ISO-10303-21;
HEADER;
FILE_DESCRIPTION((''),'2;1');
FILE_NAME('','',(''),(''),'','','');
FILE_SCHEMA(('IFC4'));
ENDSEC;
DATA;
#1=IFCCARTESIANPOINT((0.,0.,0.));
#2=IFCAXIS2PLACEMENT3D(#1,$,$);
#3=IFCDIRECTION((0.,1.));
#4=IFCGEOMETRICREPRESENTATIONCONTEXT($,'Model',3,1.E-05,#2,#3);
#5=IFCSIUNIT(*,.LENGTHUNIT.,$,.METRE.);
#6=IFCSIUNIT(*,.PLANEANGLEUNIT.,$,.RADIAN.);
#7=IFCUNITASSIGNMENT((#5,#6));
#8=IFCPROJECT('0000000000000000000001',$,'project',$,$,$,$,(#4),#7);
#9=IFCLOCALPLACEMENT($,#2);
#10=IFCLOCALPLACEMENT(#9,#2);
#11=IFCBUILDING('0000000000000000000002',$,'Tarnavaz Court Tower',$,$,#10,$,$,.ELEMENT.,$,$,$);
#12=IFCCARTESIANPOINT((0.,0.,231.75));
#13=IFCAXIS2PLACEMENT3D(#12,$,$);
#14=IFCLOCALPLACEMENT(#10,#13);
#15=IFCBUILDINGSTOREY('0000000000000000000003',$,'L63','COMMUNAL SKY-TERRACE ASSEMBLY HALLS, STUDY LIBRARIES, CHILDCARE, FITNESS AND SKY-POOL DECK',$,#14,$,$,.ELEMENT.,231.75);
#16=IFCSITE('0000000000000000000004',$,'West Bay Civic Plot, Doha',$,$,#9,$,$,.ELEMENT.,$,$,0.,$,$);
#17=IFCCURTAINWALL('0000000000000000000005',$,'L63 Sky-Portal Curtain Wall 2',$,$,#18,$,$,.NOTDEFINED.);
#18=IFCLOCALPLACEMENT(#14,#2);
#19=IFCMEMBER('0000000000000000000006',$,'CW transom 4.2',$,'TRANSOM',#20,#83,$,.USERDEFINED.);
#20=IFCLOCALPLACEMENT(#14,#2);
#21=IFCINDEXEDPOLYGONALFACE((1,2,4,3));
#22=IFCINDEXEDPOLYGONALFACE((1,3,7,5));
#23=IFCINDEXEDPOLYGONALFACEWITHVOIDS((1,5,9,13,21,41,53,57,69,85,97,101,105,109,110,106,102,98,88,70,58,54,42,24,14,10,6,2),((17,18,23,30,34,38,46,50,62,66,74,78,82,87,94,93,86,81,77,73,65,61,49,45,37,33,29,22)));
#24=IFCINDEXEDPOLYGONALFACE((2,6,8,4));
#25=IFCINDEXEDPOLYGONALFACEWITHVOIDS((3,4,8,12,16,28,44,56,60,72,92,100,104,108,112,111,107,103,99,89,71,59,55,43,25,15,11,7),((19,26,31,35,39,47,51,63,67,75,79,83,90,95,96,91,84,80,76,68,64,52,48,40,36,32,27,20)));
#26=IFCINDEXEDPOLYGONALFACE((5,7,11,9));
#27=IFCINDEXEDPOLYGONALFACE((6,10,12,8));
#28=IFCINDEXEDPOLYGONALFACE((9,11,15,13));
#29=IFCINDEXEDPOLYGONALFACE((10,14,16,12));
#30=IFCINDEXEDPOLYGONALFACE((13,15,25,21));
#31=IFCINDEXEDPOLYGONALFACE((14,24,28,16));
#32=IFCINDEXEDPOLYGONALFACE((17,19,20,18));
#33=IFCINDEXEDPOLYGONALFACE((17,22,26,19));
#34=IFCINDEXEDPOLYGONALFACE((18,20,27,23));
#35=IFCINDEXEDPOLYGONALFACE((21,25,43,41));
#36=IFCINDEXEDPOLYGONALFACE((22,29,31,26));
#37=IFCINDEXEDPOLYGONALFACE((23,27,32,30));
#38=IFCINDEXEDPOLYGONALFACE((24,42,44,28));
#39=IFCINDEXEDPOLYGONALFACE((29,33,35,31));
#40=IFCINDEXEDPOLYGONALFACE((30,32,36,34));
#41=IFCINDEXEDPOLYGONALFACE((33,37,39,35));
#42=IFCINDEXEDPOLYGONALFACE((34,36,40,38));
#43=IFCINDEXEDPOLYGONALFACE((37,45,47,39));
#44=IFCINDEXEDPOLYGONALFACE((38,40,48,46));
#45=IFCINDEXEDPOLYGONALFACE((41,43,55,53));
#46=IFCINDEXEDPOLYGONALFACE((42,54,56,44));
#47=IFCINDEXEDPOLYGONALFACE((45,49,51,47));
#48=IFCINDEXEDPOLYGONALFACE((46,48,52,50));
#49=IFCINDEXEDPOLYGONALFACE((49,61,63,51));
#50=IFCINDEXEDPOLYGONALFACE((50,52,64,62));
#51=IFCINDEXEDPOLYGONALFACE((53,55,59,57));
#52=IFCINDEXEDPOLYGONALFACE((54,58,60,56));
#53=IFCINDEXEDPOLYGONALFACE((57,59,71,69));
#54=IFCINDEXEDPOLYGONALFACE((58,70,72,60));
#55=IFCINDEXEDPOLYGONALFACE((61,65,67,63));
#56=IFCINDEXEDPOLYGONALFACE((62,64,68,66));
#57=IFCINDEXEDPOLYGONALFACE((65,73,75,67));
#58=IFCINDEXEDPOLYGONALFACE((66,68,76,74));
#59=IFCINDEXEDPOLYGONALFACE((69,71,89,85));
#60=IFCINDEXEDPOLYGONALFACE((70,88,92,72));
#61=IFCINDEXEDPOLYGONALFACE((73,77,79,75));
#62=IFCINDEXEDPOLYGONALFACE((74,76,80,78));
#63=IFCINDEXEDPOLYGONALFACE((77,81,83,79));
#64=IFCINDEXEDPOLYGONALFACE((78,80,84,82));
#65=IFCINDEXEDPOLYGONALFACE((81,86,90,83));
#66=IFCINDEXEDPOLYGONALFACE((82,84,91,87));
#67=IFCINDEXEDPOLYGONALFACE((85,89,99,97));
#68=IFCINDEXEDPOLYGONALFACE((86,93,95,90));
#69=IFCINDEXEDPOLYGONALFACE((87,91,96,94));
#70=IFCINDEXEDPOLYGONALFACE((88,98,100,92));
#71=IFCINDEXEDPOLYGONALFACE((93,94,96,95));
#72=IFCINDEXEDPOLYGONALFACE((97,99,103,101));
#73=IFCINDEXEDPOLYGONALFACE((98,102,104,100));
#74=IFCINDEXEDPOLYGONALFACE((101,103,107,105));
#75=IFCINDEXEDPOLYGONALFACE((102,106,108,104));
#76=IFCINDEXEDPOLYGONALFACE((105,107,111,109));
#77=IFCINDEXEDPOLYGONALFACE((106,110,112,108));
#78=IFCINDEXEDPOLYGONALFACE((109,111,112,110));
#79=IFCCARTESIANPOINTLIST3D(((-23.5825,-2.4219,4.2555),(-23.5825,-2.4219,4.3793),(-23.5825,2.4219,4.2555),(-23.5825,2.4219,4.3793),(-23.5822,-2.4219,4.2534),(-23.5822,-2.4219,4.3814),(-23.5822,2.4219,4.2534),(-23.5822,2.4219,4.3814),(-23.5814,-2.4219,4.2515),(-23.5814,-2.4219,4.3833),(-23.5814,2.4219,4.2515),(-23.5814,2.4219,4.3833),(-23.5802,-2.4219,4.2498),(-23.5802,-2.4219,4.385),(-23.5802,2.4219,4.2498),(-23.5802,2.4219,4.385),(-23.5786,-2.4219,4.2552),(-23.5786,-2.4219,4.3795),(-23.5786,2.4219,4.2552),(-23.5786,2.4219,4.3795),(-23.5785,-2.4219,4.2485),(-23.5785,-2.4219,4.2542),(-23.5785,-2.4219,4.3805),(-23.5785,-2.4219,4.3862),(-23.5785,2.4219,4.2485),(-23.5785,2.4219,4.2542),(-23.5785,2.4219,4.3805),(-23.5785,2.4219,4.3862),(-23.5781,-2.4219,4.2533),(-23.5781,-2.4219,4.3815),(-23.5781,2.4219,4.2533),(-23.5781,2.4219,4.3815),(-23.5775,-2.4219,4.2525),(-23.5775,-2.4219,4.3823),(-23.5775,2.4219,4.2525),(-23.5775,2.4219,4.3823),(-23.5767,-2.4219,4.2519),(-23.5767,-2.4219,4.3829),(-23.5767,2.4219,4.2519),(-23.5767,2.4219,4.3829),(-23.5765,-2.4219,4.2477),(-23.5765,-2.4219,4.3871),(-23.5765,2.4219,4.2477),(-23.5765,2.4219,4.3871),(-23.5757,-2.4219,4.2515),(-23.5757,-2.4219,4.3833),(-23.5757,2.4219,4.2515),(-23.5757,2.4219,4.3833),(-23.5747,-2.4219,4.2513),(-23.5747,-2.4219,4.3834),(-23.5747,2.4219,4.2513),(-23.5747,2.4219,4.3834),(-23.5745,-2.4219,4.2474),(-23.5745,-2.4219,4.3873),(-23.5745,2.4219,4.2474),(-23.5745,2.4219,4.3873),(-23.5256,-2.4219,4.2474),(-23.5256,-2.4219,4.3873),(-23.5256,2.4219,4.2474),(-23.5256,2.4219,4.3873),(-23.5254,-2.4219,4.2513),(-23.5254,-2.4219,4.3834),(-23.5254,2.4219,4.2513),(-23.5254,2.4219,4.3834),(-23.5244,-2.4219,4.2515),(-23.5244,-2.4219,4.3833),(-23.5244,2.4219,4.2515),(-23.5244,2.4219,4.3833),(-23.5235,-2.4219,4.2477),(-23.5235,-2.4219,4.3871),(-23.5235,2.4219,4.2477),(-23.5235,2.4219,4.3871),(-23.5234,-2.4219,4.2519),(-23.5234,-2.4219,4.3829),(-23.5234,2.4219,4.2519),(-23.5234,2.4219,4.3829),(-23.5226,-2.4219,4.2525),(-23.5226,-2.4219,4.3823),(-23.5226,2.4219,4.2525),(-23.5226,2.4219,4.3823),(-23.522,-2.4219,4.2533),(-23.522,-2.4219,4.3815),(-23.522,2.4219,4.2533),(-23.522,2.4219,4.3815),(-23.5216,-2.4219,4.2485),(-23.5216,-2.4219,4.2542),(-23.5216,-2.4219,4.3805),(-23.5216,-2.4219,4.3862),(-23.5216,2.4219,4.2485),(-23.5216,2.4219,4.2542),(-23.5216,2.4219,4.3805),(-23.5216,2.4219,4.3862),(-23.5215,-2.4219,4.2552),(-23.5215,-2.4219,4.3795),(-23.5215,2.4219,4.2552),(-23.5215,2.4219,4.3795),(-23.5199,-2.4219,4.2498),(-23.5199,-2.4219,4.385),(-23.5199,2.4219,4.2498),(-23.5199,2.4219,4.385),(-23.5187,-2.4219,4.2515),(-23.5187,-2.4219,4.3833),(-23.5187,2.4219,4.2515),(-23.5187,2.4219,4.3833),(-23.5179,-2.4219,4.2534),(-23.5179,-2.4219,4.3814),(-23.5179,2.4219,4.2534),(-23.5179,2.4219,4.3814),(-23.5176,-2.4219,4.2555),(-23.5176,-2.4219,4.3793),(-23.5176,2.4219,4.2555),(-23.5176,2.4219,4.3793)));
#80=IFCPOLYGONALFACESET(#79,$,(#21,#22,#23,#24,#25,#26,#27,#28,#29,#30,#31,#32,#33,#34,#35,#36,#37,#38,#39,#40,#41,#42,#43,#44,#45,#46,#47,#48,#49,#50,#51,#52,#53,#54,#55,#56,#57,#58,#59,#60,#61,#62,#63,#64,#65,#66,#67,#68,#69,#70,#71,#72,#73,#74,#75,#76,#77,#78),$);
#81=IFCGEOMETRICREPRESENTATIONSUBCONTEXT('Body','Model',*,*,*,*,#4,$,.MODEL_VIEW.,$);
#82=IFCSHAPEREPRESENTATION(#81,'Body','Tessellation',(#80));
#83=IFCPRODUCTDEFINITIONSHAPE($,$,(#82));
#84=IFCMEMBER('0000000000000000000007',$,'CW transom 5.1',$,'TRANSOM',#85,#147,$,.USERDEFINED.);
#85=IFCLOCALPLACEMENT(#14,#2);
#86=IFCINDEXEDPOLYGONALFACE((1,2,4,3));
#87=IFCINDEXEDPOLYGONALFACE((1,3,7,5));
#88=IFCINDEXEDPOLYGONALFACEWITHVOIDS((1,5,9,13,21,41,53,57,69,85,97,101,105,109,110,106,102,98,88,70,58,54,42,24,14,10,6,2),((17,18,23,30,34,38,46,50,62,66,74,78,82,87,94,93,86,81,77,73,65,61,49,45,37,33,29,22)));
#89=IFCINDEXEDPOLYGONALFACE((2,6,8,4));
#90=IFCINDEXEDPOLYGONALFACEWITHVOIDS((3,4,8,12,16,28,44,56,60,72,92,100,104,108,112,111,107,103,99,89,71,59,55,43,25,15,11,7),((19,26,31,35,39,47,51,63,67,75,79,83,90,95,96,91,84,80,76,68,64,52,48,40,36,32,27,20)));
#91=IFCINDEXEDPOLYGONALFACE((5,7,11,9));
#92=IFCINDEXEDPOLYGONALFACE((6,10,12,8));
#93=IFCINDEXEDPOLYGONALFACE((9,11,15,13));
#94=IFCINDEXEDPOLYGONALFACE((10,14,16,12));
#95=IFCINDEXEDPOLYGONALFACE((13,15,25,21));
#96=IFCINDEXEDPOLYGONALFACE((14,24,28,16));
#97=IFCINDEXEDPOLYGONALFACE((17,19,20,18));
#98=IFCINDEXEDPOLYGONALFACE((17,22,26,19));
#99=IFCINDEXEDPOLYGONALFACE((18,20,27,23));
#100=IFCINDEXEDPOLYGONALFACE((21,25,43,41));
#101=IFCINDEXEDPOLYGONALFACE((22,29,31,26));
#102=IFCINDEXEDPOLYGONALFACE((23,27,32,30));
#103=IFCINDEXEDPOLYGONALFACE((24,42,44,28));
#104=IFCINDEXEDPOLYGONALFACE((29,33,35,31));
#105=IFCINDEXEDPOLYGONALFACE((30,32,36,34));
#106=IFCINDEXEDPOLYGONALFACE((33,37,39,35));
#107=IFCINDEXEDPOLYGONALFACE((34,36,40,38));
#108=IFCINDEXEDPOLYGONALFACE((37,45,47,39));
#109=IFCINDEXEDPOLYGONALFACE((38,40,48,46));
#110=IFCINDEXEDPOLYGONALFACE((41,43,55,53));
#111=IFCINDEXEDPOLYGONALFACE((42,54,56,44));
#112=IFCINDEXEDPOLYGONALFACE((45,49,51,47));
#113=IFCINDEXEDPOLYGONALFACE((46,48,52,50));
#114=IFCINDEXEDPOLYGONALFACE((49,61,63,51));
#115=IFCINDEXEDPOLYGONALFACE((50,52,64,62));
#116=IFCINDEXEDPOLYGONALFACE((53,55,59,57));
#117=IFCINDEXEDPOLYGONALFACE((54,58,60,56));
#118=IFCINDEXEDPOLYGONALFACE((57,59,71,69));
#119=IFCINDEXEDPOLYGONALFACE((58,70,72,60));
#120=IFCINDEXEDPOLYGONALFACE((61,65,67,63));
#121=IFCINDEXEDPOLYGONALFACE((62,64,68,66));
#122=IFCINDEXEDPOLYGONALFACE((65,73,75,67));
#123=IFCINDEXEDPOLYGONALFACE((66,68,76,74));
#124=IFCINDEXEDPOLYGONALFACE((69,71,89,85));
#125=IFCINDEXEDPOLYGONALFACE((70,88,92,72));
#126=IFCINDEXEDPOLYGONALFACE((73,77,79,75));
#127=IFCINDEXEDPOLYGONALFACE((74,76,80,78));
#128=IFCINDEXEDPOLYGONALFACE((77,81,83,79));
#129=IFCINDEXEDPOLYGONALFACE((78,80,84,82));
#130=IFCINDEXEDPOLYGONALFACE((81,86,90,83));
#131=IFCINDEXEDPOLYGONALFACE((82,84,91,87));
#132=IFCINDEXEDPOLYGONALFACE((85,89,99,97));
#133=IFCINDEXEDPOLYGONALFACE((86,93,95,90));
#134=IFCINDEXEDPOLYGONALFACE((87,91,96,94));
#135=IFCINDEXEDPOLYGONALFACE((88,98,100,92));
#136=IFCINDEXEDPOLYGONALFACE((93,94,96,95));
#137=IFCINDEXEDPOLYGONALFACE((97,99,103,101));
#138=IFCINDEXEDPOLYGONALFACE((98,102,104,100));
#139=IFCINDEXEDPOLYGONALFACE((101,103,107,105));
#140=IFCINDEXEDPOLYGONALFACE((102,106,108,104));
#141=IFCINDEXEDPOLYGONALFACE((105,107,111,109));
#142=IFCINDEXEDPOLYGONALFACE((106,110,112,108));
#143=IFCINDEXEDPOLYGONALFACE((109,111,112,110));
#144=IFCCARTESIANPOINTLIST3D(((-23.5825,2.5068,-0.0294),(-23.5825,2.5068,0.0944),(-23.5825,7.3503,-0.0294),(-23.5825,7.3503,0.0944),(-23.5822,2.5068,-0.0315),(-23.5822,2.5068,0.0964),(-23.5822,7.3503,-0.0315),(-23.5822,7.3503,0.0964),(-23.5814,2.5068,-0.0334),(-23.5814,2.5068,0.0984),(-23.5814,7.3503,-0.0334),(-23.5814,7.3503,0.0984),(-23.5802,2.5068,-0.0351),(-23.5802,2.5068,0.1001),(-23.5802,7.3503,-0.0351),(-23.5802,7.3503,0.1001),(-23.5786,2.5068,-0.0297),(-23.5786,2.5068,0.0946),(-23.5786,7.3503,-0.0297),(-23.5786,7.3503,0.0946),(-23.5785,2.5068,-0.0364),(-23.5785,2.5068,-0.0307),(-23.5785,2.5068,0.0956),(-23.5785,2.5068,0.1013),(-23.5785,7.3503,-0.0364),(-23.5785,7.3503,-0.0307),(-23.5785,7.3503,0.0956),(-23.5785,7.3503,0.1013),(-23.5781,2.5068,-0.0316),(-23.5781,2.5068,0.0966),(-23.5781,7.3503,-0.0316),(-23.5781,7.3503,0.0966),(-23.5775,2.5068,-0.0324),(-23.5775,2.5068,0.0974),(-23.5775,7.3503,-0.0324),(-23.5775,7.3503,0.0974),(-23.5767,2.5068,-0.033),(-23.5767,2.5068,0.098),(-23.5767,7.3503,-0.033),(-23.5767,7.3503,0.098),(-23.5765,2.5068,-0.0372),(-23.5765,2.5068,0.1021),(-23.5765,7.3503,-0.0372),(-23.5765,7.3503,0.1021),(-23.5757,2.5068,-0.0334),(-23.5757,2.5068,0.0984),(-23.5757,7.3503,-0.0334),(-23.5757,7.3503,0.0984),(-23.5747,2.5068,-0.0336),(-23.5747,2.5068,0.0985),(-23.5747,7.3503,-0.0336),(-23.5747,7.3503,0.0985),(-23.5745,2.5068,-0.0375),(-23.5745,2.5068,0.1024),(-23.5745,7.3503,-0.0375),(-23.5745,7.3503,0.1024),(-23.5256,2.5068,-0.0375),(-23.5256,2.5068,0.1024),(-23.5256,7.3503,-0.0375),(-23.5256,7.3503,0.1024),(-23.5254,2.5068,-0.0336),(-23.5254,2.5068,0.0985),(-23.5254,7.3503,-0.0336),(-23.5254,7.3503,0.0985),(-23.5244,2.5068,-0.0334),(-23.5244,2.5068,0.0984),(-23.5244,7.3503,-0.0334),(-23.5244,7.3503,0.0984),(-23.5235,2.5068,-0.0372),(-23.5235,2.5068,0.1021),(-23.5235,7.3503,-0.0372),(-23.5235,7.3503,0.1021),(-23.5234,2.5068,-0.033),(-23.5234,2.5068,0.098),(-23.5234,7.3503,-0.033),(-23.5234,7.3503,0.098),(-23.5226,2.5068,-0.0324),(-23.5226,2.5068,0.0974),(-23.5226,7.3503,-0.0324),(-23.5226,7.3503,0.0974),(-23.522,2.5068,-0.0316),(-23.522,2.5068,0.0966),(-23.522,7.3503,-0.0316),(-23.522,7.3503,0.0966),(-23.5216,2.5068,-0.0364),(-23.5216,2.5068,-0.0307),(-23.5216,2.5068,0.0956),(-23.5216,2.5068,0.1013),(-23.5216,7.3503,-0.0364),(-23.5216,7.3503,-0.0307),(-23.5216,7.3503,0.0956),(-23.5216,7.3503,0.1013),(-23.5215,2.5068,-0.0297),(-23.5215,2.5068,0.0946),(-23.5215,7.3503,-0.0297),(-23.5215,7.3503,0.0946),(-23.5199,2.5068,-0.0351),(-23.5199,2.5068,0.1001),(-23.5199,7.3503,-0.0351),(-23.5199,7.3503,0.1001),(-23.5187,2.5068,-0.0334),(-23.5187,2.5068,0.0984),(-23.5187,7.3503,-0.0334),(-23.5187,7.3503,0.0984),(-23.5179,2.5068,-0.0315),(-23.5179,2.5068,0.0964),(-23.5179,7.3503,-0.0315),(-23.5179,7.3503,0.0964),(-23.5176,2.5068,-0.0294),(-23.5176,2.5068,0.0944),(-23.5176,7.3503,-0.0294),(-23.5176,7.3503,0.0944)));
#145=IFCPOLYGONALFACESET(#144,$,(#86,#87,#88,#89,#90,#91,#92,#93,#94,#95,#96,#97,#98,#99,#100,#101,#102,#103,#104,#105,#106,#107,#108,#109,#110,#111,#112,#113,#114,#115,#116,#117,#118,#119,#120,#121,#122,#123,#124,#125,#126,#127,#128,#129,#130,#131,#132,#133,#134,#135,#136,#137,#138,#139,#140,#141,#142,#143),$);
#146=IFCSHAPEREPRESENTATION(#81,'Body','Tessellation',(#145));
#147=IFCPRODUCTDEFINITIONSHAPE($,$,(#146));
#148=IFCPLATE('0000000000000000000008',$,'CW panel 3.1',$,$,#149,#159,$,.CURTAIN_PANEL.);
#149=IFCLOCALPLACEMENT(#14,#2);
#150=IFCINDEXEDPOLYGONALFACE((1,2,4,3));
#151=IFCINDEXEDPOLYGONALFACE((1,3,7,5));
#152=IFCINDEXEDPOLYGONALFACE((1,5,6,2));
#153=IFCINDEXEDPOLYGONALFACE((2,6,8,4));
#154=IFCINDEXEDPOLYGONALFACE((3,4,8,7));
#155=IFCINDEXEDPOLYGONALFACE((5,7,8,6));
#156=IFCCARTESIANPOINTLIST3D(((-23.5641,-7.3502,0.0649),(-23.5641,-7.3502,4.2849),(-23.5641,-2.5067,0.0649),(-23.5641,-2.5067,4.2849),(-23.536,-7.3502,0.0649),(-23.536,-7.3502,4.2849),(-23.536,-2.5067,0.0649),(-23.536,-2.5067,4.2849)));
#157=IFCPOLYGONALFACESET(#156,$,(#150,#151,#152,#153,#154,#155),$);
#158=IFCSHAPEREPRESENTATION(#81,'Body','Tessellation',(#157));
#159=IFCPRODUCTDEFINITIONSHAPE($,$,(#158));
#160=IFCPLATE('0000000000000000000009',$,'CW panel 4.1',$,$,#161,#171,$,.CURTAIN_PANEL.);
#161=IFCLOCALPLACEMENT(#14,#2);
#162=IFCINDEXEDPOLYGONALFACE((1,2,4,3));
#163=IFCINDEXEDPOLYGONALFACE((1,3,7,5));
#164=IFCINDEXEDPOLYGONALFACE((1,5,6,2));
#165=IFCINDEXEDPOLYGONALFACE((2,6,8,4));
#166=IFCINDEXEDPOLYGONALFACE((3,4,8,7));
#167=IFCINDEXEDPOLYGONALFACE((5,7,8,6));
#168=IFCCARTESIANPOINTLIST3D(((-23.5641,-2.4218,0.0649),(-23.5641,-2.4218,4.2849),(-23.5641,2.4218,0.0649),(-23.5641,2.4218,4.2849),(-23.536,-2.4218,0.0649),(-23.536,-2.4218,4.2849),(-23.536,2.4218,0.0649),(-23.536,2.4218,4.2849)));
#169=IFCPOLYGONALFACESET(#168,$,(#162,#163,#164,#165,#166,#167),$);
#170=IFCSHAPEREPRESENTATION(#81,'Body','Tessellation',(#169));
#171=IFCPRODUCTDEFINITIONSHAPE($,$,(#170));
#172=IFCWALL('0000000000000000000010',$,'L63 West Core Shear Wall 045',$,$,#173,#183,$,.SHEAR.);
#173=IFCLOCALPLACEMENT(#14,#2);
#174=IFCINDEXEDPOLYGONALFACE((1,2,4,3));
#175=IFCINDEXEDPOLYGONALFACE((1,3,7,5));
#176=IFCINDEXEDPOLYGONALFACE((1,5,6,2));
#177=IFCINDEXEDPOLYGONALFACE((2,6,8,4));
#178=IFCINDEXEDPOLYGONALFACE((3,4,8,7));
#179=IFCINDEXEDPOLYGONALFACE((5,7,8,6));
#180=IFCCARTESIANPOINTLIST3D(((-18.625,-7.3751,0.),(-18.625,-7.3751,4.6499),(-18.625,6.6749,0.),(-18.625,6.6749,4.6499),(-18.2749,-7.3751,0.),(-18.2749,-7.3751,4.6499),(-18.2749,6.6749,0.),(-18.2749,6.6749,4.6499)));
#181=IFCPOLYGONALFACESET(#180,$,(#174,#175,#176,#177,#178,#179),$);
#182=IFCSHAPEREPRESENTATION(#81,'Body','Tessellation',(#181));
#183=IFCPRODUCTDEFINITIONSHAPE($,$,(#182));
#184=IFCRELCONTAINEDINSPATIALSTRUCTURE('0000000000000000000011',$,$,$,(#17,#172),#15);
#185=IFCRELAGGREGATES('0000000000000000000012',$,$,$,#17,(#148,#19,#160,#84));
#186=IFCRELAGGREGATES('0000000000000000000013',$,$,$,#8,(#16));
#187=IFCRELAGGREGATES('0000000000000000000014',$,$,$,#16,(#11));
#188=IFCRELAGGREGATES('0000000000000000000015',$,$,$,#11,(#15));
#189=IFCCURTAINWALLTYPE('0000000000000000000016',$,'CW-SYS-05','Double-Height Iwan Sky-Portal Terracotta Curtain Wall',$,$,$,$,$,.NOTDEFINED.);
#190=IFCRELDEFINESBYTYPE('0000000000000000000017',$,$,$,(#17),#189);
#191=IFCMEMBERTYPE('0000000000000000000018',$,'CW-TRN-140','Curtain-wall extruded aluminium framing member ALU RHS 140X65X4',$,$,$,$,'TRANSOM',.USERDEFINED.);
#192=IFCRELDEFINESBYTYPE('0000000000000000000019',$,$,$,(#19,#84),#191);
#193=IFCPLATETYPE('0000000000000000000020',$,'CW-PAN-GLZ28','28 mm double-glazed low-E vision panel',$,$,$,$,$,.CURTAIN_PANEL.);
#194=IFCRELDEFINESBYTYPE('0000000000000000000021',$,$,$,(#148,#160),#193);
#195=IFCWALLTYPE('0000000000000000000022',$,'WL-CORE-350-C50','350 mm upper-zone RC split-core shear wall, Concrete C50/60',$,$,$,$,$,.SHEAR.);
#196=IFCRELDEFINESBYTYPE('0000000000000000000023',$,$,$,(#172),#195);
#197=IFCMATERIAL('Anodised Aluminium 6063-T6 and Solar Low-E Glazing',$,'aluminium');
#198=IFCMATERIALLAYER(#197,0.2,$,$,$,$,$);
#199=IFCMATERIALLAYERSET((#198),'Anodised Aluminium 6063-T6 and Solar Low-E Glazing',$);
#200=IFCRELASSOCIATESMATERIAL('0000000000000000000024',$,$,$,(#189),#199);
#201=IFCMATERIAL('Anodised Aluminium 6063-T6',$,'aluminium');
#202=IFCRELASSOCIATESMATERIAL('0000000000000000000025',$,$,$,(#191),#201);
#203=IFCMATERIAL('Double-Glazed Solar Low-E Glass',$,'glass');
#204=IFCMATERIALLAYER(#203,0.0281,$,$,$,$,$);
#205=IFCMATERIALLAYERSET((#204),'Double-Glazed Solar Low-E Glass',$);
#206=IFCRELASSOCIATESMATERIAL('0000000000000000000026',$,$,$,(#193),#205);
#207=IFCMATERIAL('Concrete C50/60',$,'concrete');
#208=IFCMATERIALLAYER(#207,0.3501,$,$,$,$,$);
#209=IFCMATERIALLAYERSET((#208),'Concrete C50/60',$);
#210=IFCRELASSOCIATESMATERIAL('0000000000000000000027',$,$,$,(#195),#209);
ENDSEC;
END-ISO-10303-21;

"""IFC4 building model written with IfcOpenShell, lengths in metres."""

from ifc_helpers import new_model, si_unit, direction, frame, frame_2d, origin, origin_2d, place, context, subcontext, project, spatial, rectangle, hollow_rectangle, extrude, material, layer, layer_set, material_profile, profile_set, type_object, element, aggregate, save


model = new_model("IFC4")

# Units and contexts
model_context = context("Model", 3, precision=1e-05, world=origin(), true_north=direction((0.0, 1.0)))
body_context = subcontext(model_context, "Body", "Model", "MODEL_VIEW")
ifc_project = project(units=[si_unit("LENGTHUNIT", "METRE"), si_unit("PLANEANGLEUNIT", "RADIAN")], contexts=[model_context])

# Site, building, storey
site_placement = place(None, origin())
site = spatial("IfcSite", under=ifc_project, at=site_placement, Name="West Bay Civic Plot, Doha", CompositionType="ELEMENT", RefElevation=0.0)
building_placement = place(site_placement, origin())
building = spatial("IfcBuilding", under=site, at=building_placement, Name="Tarnavaz Court Tower", CompositionType="ELEMENT")
storey_placement = place(building_placement, frame((0.0, 0.0, 231.75)))
storey = spatial("IfcBuildingStorey", under=building, at=storey_placement, Name="L63", Description="COMMUNAL SKY-TERRACE ASSEMBLY HALLS, STUDY LIBRARIES, CHILDCARE, FITNESS AND SKY-POOL DECK", CompositionType="ELEMENT", Elevation=231.75)

# Shared definitions
ifc_material_1 = material(Name="Concrete C50/60", Category="concrete")

# Curtain wall, members, plates
ifc_material_2 = material(Name="Anodised Aluminium 6063-T6 and Solar Low-E Glazing", Category="aluminium")
ifc_layer_1 = layer(ifc_material_2, 0.2)
ifc_layer_set_1 = layer_set([ifc_layer_1], Name="Anodised Aluminium 6063-T6 and Solar Low-E Glazing")
curtain_wall_type = type_object("IfcCurtainWallType", Name="CW-SYS-05", Description="Double-Height Iwan Sky-Portal Terracotta Curtain Wall", PredefinedType="NOTDEFINED", material=ifc_layer_set_1)
curtain_wall_placement = place(storey_placement, origin())
curtain_wall = element("IfcCurtainWall", 1, at=curtain_wall_placement, inside=storey, type_object=curtain_wall_type, Name="L63 Sky-Portal Curtain Wall 2", PredefinedType="NOTDEFINED")
ifc_material_3 = material(Name="Anodised Aluminium 6063-T6", Category="aluminium")
ifc_material_profile_1 = material_profile(ifc_material_3, hollow_rectangle(XDim=0.0649, YDim=0.1399, WallThickness=0.0039, InnerFilletRadius=0.0039, OuterFilletRadius=0.0081, at=origin_2d()), Name="ALU RHS 140X65X4")
ifc_profile_set_1 = profile_set([ifc_material_profile_1], Name="Anodised Aluminium 6063-T6")
member_type_1 = type_object("IfcMemberType", Name="CW-TRN-140", Description="Curtain-wall extruded aluminium framing member ALU RHS 140X65X4", ElementType="TRANSOM", PredefinedType="USERDEFINED", material=ifc_profile_set_1)
member_1_placement = place(storey_placement, frame((-23.55, -2.4219, 4.3174), z_axis=(0.0, 1.0, 0.0), x_axis=(-1.0, 0.0, 0.0)))
member_1 = element("IfcMember", 2, at=member_1_placement, type_object=member_type_1, Name="CW transom 4.2", ObjectType="TRANSOM", PredefinedType="USERDEFINED", context=body_context, shape_type="SweptSolid", body=[
    extrude(hollow_rectangle(XDim=0.0649, YDim=0.1399, WallThickness=0.0039, InnerFilletRadius=0.0039, OuterFilletRadius=0.0081, at=origin_2d()), origin(), (0.0, 0.0, 1.0), 4.8438),
])
member_2_placement = place(storey_placement, frame((-23.55, 2.5068, 0.0325), z_axis=(0.0, 1.0, 0.0), x_axis=(-1.0, 0.0, 0.0)))
member_2 = element("IfcMember", 3, at=member_2_placement, type_object=member_type_1, Name="CW transom 5.1", ObjectType="TRANSOM", PredefinedType="USERDEFINED", context=body_context, shape_type="SweptSolid", body=[
    extrude(hollow_rectangle(XDim=0.0649, YDim=0.1399, WallThickness=0.0039, InnerFilletRadius=0.0039, OuterFilletRadius=0.0081, at=origin_2d()), origin(), (0.0, 0.0, 1.0), 4.8435),
])
ifc_material_4 = material(Name="Double-Glazed Solar Low-E Glass", Category="glass")
ifc_layer_2 = layer(ifc_material_4, 0.0281)
ifc_layer_set_2 = layer_set([ifc_layer_2], Name="Double-Glazed Solar Low-E Glass")
plate_type = type_object("IfcPlateType", Name="CW-PAN-GLZ28", Description="28 mm double-glazed low-E vision panel", PredefinedType="CURTAIN_PANEL", material=ifc_layer_set_2)
plate_1_placement = place(storey_placement, frame((-23.55, -4.9285, 0.0649), z_axis=(0.0, 0.0, 1.0), x_axis=(0.0, 1.0, 0.0)))
plate_1 = element("IfcPlate", 4, at=plate_1_placement, type_object=plate_type, Name="CW panel 3.1", PredefinedType="CURTAIN_PANEL", context=body_context, shape_type="SweptSolid", body=[
    extrude(rectangle(XDim=4.8435, YDim=0.0281, at=origin_2d()), origin(), (0.0, 0.0, 1.0), 4.22),
])
plate_2_placement = place(storey_placement, frame((-23.55, 0.0, 0.0649), z_axis=(0.0, 0.0, 1.0), x_axis=(0.0, 1.0, 0.0)))
plate_2 = element("IfcPlate", 5, at=plate_2_placement, type_object=plate_type, Name="CW panel 4.1", PredefinedType="CURTAIN_PANEL", context=body_context, shape_type="SweptSolid", body=[
    extrude(rectangle(XDim=4.8435, YDim=0.0281, at=origin_2d()), origin(), (0.0, 0.0, 1.0), 4.22),
])
aggregate(curtain_wall, [plate_1, member_1, plate_2, member_2])

# Wall
ifc_layer_3 = layer(ifc_material_1, 0.3501)
ifc_layer_set_3 = layer_set([ifc_layer_3], Name="Concrete C50/60")
wall_type_1 = type_object("IfcWallType", Name="WL-CORE-350-C50", Description="350 mm upper-zone RC split-core shear wall, Concrete C50/60", PredefinedType="SHEAR", material=ifc_layer_set_3)
wall_1_placement = place(storey_placement, frame((-18.45, -7.375, 0.0), z_axis=(0.0, 0.0, 1.0), x_axis=(0.0, 1.0, 0.0)))
element("IfcWall", 6, at=wall_1_placement, inside=storey, type_object=wall_type_1, Name="L63 West Core Shear Wall 045", PredefinedType="SHEAR", context=body_context, shape_type="SweptSolid", body=[
    extrude(rectangle(XDim=14.05, YDim=0.3501, at=frame_2d((7.0249, 0.0))), origin(), (0.0, 0.0, 1.0), 4.6499),
])

save(model, "model.ifc")
